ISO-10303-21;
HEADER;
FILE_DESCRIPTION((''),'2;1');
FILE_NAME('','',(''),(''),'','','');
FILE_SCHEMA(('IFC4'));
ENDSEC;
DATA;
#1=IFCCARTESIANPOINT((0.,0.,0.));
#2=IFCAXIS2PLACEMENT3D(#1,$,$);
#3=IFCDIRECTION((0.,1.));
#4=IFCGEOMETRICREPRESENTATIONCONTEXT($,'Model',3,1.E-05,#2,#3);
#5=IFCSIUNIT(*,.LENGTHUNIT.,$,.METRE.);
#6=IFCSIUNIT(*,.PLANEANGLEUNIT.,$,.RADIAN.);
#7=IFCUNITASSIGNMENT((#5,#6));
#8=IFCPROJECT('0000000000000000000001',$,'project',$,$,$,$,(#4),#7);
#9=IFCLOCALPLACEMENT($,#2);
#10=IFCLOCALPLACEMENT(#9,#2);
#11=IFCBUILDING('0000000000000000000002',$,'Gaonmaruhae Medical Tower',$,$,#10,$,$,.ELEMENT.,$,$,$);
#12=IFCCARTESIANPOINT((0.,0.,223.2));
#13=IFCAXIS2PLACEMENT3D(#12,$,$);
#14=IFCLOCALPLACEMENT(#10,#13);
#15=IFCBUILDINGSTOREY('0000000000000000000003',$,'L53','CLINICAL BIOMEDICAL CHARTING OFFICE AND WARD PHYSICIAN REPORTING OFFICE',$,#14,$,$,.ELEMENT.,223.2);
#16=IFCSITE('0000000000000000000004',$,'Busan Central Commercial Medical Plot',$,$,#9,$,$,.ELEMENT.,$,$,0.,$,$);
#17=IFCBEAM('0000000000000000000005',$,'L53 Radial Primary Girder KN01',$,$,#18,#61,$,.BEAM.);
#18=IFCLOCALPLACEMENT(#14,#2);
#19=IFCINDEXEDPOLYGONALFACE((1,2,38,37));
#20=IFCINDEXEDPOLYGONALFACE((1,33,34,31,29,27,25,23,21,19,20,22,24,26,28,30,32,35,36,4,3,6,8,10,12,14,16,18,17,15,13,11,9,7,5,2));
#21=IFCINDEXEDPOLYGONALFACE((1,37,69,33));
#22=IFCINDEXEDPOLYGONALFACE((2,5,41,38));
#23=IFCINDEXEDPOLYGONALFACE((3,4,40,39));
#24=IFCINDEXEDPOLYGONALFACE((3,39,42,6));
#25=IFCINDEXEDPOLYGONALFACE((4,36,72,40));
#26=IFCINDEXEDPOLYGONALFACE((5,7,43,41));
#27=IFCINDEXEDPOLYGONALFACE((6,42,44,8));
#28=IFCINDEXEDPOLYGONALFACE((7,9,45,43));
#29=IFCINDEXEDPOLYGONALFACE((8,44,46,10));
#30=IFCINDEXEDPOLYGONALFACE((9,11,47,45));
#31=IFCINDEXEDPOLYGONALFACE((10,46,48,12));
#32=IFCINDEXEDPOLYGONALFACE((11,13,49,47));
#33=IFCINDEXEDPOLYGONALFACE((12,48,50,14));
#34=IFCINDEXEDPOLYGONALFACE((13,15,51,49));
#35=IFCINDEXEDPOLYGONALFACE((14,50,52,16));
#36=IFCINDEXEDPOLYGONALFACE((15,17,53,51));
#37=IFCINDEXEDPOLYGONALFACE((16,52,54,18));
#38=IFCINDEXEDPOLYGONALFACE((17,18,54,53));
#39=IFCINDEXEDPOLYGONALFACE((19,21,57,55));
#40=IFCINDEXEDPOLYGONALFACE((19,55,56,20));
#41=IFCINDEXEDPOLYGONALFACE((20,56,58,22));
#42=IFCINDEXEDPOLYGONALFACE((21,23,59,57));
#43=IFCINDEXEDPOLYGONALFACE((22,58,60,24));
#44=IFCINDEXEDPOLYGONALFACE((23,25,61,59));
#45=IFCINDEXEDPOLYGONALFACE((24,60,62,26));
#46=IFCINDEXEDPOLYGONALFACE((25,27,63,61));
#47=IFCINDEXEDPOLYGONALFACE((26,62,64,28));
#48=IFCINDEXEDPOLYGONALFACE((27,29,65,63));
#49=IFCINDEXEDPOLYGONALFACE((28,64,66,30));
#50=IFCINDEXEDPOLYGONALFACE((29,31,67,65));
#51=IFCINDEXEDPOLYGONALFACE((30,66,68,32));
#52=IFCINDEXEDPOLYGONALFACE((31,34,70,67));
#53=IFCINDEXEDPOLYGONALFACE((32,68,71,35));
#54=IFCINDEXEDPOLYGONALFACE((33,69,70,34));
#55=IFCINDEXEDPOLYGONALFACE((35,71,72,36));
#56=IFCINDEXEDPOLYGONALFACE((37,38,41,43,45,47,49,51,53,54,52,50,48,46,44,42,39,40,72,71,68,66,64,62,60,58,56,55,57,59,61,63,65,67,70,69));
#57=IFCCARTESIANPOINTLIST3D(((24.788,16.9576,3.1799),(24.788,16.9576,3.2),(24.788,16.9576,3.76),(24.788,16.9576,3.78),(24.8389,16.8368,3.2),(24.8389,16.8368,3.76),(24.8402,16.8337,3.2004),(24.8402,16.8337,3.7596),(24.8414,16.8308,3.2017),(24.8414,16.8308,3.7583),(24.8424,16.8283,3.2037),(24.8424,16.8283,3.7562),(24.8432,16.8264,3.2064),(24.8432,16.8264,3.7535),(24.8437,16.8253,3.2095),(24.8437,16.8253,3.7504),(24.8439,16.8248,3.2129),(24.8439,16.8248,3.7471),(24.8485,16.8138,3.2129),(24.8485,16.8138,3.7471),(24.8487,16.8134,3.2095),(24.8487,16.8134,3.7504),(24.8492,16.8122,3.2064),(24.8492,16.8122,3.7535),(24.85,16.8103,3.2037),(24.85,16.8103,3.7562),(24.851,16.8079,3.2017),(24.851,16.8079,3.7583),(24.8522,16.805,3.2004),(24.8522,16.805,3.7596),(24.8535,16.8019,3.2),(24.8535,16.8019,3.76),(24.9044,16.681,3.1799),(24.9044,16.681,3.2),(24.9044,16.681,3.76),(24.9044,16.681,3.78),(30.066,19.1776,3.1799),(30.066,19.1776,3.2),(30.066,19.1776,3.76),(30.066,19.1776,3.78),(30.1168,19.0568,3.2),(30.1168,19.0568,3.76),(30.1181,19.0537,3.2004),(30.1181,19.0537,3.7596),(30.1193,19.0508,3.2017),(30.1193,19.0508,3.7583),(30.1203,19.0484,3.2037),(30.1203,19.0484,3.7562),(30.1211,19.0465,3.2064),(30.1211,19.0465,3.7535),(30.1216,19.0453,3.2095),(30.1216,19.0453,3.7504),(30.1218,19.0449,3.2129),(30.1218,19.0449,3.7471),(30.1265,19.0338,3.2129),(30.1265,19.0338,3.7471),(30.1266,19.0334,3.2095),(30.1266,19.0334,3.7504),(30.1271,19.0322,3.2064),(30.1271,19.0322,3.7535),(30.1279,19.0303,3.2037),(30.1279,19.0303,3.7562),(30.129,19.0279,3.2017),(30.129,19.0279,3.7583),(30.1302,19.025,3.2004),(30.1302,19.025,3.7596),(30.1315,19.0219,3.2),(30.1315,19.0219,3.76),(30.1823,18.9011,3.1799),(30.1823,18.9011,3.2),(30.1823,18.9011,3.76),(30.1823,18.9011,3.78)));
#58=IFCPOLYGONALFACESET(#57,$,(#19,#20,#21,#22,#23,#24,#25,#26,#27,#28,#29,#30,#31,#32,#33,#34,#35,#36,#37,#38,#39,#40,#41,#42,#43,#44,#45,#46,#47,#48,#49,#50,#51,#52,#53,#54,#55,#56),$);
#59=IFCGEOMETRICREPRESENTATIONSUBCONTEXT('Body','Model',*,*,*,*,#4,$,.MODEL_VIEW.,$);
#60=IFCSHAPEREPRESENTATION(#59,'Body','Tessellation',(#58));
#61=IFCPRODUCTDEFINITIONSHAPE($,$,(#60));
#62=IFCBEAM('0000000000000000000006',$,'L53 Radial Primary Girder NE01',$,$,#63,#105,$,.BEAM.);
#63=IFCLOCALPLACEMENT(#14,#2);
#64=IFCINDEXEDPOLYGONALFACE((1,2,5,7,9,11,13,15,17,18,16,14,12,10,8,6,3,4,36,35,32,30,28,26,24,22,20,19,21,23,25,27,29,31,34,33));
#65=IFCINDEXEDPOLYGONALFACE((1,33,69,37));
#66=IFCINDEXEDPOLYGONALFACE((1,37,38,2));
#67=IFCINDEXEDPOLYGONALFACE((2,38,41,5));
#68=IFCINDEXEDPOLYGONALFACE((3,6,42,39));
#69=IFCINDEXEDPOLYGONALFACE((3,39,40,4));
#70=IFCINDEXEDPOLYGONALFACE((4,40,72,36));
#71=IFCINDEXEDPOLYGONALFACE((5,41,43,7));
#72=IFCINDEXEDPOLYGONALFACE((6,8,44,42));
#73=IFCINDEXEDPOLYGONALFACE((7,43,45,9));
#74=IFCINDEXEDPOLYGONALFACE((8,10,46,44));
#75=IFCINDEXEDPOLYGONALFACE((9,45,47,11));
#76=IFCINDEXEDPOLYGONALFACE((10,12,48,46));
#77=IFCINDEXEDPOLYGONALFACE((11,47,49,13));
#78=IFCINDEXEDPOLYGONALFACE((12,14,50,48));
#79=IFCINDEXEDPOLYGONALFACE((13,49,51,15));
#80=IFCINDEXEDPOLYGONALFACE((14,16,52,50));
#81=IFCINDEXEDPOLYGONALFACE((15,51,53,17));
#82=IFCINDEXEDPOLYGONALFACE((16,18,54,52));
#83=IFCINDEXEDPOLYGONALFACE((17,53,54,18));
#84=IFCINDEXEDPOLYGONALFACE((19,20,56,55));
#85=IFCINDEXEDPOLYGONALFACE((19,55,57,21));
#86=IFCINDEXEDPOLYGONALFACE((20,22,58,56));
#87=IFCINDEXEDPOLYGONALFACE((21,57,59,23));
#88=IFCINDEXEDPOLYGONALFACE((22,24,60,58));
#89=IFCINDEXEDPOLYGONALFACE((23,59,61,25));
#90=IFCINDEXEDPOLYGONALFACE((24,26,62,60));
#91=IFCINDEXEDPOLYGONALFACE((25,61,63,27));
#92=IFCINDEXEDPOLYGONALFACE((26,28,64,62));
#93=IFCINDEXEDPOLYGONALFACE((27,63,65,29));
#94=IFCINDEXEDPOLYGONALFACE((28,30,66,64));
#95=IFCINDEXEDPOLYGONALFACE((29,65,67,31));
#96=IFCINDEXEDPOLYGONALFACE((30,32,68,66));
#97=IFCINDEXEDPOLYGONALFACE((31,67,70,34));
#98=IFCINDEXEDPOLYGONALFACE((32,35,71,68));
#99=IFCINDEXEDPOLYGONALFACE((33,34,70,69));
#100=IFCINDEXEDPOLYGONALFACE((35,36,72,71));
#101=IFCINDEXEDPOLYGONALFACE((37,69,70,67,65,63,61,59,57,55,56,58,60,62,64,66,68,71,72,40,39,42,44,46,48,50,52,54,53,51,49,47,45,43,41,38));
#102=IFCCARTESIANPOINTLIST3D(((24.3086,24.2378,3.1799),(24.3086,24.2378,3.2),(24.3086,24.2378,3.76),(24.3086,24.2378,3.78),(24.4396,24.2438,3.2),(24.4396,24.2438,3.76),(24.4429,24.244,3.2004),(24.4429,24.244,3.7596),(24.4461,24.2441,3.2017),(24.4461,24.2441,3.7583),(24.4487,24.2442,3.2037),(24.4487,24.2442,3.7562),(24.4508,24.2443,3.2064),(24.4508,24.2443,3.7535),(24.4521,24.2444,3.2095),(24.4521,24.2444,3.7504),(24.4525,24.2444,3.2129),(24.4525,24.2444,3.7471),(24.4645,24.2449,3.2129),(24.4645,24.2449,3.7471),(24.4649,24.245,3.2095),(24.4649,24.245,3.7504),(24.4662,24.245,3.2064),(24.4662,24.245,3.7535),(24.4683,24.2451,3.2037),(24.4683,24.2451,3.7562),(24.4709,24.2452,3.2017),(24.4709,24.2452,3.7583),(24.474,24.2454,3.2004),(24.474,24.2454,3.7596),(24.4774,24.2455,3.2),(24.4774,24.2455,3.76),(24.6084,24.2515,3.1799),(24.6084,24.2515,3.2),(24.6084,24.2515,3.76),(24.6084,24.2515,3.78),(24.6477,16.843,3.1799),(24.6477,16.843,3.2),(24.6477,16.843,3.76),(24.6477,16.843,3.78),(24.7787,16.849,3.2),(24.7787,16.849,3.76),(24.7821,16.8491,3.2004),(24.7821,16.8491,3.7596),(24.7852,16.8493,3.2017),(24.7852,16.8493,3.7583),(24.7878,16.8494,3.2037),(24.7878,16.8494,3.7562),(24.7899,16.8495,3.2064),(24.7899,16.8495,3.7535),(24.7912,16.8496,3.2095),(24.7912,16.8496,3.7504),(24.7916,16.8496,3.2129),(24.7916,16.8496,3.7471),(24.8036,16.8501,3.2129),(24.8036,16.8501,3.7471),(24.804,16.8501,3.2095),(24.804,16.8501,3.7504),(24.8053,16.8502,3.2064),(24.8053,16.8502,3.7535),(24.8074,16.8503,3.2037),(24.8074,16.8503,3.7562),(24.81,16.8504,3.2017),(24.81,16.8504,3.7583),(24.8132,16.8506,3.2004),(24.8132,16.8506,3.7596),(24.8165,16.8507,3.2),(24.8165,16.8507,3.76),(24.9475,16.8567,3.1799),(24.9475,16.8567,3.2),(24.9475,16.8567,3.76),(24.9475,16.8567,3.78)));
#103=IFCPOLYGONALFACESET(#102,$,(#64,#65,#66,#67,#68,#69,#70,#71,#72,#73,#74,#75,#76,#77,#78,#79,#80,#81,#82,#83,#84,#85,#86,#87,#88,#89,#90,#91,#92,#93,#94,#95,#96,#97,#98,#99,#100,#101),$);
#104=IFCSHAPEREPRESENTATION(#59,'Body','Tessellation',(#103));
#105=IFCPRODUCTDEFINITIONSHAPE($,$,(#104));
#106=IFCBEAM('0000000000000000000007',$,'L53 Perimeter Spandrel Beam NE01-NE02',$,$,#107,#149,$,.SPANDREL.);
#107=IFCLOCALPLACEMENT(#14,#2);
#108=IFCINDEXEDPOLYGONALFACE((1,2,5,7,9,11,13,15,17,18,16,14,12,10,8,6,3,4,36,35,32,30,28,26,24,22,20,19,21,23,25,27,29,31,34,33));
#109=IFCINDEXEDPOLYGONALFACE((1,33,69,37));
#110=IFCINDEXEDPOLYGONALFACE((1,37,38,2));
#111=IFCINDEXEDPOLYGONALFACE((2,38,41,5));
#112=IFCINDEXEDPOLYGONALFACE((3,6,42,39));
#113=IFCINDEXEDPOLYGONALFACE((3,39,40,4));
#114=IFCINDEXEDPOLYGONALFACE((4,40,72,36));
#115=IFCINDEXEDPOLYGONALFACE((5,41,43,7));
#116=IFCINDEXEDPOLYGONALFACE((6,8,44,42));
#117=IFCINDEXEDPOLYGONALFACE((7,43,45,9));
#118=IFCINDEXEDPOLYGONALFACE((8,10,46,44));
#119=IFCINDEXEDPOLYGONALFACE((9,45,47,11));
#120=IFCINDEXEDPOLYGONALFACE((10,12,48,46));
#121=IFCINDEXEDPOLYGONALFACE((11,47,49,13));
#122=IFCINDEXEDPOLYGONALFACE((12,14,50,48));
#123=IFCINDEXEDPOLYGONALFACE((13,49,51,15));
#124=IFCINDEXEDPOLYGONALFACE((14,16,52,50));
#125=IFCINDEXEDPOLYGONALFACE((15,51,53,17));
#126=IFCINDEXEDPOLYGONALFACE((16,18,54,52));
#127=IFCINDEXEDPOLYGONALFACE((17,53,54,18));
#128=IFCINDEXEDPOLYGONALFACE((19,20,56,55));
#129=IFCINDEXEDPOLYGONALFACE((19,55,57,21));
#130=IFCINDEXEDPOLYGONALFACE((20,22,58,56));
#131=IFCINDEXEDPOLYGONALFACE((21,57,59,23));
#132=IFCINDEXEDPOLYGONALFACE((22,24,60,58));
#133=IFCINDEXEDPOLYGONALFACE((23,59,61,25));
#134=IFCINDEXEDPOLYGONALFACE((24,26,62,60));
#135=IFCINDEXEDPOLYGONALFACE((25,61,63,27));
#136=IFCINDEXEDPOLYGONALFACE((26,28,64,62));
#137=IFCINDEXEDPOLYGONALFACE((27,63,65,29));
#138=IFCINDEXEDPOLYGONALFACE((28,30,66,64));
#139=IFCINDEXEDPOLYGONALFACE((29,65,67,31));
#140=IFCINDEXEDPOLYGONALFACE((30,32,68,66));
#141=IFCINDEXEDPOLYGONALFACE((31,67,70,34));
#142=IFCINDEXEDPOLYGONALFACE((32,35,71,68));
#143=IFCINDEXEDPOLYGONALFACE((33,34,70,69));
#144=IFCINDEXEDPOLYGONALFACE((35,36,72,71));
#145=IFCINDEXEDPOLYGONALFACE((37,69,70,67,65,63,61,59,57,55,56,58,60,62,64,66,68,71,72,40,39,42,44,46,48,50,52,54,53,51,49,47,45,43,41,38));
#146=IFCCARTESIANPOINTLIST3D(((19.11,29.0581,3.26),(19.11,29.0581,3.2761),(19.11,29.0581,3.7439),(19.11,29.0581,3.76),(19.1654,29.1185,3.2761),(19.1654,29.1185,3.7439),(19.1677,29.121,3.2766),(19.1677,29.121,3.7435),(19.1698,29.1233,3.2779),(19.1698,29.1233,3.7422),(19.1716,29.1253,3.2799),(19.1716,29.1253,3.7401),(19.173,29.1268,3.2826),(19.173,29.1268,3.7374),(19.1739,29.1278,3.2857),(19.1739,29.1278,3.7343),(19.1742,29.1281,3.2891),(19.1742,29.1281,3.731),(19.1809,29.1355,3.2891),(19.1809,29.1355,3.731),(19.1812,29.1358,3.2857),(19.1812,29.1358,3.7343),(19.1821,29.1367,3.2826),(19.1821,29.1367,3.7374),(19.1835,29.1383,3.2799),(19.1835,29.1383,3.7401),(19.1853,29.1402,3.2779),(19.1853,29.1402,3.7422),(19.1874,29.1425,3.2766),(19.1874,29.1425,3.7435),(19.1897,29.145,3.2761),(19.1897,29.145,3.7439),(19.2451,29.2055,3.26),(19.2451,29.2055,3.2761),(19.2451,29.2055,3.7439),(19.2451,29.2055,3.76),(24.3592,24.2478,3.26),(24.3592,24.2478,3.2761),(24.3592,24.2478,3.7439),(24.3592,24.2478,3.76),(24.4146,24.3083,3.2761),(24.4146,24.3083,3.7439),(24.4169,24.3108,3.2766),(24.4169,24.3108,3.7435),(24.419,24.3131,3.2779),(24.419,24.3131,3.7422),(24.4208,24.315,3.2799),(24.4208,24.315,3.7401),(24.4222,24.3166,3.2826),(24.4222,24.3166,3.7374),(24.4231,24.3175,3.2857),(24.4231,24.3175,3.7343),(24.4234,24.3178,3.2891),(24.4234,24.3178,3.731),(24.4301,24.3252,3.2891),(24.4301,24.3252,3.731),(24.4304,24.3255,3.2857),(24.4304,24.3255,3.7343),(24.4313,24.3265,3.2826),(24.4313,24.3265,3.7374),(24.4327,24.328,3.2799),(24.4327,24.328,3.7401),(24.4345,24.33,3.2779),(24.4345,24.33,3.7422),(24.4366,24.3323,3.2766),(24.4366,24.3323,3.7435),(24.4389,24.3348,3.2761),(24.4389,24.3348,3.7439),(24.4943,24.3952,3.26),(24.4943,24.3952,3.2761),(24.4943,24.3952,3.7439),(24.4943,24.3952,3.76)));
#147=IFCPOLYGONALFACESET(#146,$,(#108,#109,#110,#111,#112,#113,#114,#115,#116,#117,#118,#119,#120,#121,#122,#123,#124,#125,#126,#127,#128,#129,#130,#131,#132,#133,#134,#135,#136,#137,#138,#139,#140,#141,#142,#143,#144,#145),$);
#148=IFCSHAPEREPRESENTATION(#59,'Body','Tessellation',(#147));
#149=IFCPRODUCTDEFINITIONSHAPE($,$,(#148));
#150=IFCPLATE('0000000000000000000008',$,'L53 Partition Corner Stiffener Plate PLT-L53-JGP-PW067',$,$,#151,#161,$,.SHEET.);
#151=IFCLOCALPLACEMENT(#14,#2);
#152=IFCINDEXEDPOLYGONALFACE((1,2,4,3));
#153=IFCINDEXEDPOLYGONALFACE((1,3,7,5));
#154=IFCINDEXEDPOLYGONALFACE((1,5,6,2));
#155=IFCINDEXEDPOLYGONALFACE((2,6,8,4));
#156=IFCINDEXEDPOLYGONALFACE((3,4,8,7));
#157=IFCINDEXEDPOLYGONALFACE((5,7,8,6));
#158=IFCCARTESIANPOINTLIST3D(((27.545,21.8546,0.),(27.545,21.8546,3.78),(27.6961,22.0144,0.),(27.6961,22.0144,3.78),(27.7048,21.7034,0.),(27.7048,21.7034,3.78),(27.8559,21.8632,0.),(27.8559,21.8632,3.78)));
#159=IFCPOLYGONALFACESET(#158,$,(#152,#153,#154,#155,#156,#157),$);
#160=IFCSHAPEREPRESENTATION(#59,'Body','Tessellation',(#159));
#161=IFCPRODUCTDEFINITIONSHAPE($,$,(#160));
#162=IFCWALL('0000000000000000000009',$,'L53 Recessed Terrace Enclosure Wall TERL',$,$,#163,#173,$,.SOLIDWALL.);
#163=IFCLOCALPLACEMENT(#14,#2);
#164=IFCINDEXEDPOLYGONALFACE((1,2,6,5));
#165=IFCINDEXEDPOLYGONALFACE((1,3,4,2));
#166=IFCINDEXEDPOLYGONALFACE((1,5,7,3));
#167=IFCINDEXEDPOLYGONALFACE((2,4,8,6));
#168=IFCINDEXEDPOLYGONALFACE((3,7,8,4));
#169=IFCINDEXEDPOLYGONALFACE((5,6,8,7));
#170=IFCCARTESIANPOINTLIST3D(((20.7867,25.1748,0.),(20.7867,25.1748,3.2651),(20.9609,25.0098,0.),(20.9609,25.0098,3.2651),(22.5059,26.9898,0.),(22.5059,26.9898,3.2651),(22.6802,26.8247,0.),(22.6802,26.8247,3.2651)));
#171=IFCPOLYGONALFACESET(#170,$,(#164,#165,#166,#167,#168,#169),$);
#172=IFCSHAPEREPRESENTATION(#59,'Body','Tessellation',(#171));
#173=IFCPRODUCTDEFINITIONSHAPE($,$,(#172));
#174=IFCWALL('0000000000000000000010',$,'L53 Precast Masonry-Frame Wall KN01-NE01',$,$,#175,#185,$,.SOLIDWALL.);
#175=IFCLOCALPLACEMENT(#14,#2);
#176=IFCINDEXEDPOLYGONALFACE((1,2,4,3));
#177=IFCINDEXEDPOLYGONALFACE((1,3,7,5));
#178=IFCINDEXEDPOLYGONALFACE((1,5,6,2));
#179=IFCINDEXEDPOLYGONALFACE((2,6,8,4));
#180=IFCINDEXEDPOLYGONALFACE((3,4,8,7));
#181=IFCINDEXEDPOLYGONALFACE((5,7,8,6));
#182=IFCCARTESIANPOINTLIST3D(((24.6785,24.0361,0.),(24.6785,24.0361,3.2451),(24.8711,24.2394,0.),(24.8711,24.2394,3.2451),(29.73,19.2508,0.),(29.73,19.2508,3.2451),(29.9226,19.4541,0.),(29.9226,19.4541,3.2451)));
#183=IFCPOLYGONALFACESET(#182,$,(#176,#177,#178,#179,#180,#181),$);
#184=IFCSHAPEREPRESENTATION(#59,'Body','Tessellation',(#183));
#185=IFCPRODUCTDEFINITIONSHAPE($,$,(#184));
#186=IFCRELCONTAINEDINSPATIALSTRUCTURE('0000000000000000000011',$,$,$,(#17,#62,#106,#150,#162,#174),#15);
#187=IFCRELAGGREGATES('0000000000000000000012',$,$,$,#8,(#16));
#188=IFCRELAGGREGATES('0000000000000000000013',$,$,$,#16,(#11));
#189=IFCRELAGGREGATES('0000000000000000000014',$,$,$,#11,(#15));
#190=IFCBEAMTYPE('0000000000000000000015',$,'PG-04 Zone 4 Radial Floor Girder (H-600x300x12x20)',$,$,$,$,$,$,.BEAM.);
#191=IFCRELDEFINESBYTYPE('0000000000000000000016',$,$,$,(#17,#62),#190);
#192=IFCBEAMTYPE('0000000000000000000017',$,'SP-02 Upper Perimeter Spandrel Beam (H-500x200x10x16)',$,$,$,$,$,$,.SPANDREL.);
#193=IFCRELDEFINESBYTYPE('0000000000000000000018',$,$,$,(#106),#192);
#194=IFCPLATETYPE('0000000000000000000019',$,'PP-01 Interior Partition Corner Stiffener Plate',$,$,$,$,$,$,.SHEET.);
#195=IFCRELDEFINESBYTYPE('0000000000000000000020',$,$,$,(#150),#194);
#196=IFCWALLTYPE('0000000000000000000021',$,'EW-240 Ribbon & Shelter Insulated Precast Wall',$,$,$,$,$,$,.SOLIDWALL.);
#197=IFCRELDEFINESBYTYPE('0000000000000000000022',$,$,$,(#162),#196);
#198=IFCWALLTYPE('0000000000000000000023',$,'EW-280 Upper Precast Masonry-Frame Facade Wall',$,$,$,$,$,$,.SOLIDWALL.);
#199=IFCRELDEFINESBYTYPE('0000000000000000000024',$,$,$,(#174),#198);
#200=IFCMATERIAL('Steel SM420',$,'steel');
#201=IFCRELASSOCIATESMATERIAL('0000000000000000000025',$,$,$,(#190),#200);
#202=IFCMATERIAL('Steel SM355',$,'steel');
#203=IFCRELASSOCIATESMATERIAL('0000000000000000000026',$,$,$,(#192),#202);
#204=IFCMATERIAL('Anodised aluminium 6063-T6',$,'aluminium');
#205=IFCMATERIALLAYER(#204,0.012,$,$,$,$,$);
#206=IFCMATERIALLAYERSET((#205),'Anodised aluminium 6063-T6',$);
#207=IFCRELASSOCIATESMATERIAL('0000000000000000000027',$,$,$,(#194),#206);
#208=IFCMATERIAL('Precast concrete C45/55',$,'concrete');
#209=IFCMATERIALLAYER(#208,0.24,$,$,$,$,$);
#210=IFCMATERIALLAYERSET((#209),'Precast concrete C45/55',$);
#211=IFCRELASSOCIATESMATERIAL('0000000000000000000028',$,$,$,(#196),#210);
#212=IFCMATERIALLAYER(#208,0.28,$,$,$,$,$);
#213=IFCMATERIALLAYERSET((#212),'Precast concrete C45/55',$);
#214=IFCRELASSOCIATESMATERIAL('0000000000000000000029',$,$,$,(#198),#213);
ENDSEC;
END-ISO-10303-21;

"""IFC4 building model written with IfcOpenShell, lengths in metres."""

from ifc_helpers import new_model, si_unit, direction, frame, frame_2d, origin, origin_2d, place, context, subcontext, project, spatial, rectangle, i_section, extrude, material, layer, layer_set, material_profile, profile_set, type_object, element, save


model = new_model("IFC4")

# Units and contexts
model_context = context("Model", 3, precision=1e-05, world=origin(), true_north=direction((0.0, 1.0)))
body_context = subcontext(model_context, "Body", "Model", "MODEL_VIEW")
ifc_project = project(units=[si_unit("LENGTHUNIT", "METRE"), si_unit("PLANEANGLEUNIT", "RADIAN")], contexts=[model_context])

# Site, building, storey
site_placement = place(None, origin())
site = spatial("IfcSite", under=ifc_project, at=site_placement, Name="Busan Central Commercial Medical Plot", CompositionType="ELEMENT", RefElevation=0.0)
building_placement = place(site_placement, origin())
building = spatial("IfcBuilding", under=site, at=building_placement, Name="Gaonmaruhae Medical Tower", CompositionType="ELEMENT")
storey_placement = place(building_placement, frame((0.0, 0.0, 223.2)))
storey = spatial("IfcBuildingStorey", under=building, at=storey_placement, Name="L53", Description="CLINICAL BIOMEDICAL CHARTING OFFICE AND WARD PHYSICIAN REPORTING OFFICE", CompositionType="ELEMENT", Elevation=223.2)

# Beams
ifc_material_1 = material(Name="Steel SM355", Category="steel")
ifc_material_2 = material(Name="Steel SM420", Category="steel")
ifc_material_profile_1 = material_profile(ifc_material_2, i_section(OverallWidth=0.3, OverallDepth=0.6001, WebThickness=0.012, FlangeThickness=0.02, FilletRadius=0.0129, at=origin_2d()), Name="H-600x300x12x20")
ifc_profile_set_1 = profile_set([ifc_material_profile_1], Name="Steel SM420")
beam_type_1 = type_object("IfcBeamType", Name="PG-04 Zone 4 Radial Floor Girder (H-600x300x12x20)", PredefinedType="BEAM", material=ifc_profile_set_1)
beam_1_placement = place(storey_placement, frame((24.8462, 16.8193, 3.48), z_axis=(0.921777, 0.38772, 0.0), x_axis=(-0.38772, 0.921777, 0.0)))
element("IfcBeam", 1, at=beam_1_placement, inside=storey, type_object=beam_type_1, Name="L53 Radial Primary Girder KN01", PredefinedType="BEAM", context=body_context, shape_type="SweptSolid", body=[
    extrude(i_section(OverallWidth=0.3, OverallDepth=0.6001, WebThickness=0.012, FlangeThickness=0.02, FilletRadius=0.0129, at=origin_2d()), origin(), (0.0, 0.0, 1.0), 5.7258),
])
beam_2_placement = place(storey_placement, frame((24.7976, 16.8499, 3.48), z_axis=(-0.04581, 0.99895, 0.0), x_axis=(-0.99895, -0.04581, 0.0)))
element("IfcBeam", 2, at=beam_2_placement, inside=storey, type_object=beam_type_1, Name="L53 Radial Primary Girder NE01", PredefinedType="BEAM", context=body_context, shape_type="SweptSolid", body=[
    extrude(i_section(OverallWidth=0.3, OverallDepth=0.6001, WebThickness=0.012, FlangeThickness=0.02, FilletRadius=0.0129, at=origin_2d()), origin(), (0.0, 0.0, 1.0), 7.4026),
])
ifc_material_profile_2 = material_profile(ifc_material_1, i_section(OverallWidth=0.2, OverallDepth=0.5, WebThickness=0.01, FlangeThickness=0.0161, FilletRadius=0.0129, at=origin_2d()), Name="H-500x200x10x16")
ifc_profile_set_2 = profile_set([ifc_material_profile_2], Name="Steel SM355")
beam_type_2 = type_object("IfcBeamType", Name="SP-02 Upper Perimeter Spandrel Beam (H-500x200x10x16)", PredefinedType="SPANDREL", material=ifc_profile_set_2)
beam_3_placement = place(storey_placement, frame((24.4268, 24.3215, 3.51), z_axis=(-0.737261, 0.675608, 0.0), x_axis=(-0.675608, -0.737261, 0.0)))
element("IfcBeam", 3, at=beam_3_placement, inside=storey, type_object=beam_type_2, Name="L53 Perimeter Spandrel Beam NE01-NE02", PredefinedType="SPANDREL", context=body_context, shape_type="SweptSolid", body=[
    extrude(i_section(OverallWidth=0.2, OverallDepth=0.5, WebThickness=0.01, FlangeThickness=0.0161, FilletRadius=0.0129, at=origin_2d()), origin(), (0.0, 0.0, 1.0), 7.1199),
])

# Plate
ifc_material_3 = material(Name="Anodised aluminium 6063-T6", Category="aluminium")
ifc_layer_1 = layer(ifc_material_3, 0.012)
ifc_layer_set_1 = layer_set([ifc_layer_1], Name="Anodised aluminium 6063-T6")
plate_type = type_object("IfcPlateType", Name="PP-01 Interior Partition Corner Stiffener Plate", PredefinedType="SHEET", material=ifc_layer_set_1)
plate_placement = place(storey_placement, frame((27.7004, 21.8589, 0.0), z_axis=(0.0, 0.0, 1.0), x_axis=(-0.687227, -0.726443, 0.0)))
element("IfcPlate", 4, at=plate_placement, inside=storey, type_object=plate_type, Name="L53 Partition Corner Stiffener Plate PLT-L53-JGP-PW067", PredefinedType="SHEET", context=body_context, shape_type="SweptSolid", body=[
    extrude(rectangle(XDim=0.22, YDim=0.22, at=origin_2d()), origin(), (0.0, 0.0, 1.0), 3.78),
])

# Walls
ifc_material_4 = material(Name="Precast concrete C45/55", Category="concrete")
ifc_layer_2 = layer(ifc_material_4, 0.24)
ifc_layer_set_2 = layer_set([ifc_layer_2], Name="Precast concrete C45/55")
wall_type_1 = type_object("IfcWallType", Name="EW-240 Ribbon & Shelter Insulated Precast Wall", PredefinedType="SOLIDWALL", material=ifc_layer_set_2)
wall_1_placement = place(storey_placement, frame((20.8738, 25.0923, 0.0), z_axis=(0.0, 0.0, 1.0), x_axis=(0.687707, 0.725989, 0.0)))
element("IfcWall", 5, at=wall_1_placement, inside=storey, type_object=wall_type_1, Name="L53 Recessed Terrace Enclosure Wall TERL", PredefinedType="SOLIDWALL", context=body_context, shape_type="SweptSolid", body=[
    extrude(rectangle(XDim=2.5, YDim=0.24, at=frame_2d((1.25, 0.0))), origin(), (0.0, 0.0, 1.0), 3.2651),
])
ifc_layer_3 = layer(ifc_material_4, 0.28)
ifc_layer_set_3 = layer_set([ifc_layer_3], Name="Precast concrete C45/55")
wall_type_2 = type_object("IfcWallType", Name="EW-280 Upper Precast Masonry-Frame Facade Wall", PredefinedType="SOLIDWALL", material=ifc_layer_set_3)
wall_2_placement = place(storey_placement, frame((24.7749, 24.1377, 0.0), z_axis=(0.0, 0.0, 1.0), x_axis=(0.72597, -0.687726, 0.0)))
element("IfcWall", 6, at=wall_2_placement, inside=storey, type_object=wall_type_2, Name="L53 Precast Masonry-Frame Wall KN01-NE01", PredefinedType="SOLIDWALL", context=body_context, shape_type="SweptSolid", body=[
    extrude(rectangle(XDim=6.9583, YDim=0.28, at=frame_2d((3.479, 0.0))), origin(), (0.0, 0.0, 1.0), 3.2451),
])

save(model, "model.ifc")
